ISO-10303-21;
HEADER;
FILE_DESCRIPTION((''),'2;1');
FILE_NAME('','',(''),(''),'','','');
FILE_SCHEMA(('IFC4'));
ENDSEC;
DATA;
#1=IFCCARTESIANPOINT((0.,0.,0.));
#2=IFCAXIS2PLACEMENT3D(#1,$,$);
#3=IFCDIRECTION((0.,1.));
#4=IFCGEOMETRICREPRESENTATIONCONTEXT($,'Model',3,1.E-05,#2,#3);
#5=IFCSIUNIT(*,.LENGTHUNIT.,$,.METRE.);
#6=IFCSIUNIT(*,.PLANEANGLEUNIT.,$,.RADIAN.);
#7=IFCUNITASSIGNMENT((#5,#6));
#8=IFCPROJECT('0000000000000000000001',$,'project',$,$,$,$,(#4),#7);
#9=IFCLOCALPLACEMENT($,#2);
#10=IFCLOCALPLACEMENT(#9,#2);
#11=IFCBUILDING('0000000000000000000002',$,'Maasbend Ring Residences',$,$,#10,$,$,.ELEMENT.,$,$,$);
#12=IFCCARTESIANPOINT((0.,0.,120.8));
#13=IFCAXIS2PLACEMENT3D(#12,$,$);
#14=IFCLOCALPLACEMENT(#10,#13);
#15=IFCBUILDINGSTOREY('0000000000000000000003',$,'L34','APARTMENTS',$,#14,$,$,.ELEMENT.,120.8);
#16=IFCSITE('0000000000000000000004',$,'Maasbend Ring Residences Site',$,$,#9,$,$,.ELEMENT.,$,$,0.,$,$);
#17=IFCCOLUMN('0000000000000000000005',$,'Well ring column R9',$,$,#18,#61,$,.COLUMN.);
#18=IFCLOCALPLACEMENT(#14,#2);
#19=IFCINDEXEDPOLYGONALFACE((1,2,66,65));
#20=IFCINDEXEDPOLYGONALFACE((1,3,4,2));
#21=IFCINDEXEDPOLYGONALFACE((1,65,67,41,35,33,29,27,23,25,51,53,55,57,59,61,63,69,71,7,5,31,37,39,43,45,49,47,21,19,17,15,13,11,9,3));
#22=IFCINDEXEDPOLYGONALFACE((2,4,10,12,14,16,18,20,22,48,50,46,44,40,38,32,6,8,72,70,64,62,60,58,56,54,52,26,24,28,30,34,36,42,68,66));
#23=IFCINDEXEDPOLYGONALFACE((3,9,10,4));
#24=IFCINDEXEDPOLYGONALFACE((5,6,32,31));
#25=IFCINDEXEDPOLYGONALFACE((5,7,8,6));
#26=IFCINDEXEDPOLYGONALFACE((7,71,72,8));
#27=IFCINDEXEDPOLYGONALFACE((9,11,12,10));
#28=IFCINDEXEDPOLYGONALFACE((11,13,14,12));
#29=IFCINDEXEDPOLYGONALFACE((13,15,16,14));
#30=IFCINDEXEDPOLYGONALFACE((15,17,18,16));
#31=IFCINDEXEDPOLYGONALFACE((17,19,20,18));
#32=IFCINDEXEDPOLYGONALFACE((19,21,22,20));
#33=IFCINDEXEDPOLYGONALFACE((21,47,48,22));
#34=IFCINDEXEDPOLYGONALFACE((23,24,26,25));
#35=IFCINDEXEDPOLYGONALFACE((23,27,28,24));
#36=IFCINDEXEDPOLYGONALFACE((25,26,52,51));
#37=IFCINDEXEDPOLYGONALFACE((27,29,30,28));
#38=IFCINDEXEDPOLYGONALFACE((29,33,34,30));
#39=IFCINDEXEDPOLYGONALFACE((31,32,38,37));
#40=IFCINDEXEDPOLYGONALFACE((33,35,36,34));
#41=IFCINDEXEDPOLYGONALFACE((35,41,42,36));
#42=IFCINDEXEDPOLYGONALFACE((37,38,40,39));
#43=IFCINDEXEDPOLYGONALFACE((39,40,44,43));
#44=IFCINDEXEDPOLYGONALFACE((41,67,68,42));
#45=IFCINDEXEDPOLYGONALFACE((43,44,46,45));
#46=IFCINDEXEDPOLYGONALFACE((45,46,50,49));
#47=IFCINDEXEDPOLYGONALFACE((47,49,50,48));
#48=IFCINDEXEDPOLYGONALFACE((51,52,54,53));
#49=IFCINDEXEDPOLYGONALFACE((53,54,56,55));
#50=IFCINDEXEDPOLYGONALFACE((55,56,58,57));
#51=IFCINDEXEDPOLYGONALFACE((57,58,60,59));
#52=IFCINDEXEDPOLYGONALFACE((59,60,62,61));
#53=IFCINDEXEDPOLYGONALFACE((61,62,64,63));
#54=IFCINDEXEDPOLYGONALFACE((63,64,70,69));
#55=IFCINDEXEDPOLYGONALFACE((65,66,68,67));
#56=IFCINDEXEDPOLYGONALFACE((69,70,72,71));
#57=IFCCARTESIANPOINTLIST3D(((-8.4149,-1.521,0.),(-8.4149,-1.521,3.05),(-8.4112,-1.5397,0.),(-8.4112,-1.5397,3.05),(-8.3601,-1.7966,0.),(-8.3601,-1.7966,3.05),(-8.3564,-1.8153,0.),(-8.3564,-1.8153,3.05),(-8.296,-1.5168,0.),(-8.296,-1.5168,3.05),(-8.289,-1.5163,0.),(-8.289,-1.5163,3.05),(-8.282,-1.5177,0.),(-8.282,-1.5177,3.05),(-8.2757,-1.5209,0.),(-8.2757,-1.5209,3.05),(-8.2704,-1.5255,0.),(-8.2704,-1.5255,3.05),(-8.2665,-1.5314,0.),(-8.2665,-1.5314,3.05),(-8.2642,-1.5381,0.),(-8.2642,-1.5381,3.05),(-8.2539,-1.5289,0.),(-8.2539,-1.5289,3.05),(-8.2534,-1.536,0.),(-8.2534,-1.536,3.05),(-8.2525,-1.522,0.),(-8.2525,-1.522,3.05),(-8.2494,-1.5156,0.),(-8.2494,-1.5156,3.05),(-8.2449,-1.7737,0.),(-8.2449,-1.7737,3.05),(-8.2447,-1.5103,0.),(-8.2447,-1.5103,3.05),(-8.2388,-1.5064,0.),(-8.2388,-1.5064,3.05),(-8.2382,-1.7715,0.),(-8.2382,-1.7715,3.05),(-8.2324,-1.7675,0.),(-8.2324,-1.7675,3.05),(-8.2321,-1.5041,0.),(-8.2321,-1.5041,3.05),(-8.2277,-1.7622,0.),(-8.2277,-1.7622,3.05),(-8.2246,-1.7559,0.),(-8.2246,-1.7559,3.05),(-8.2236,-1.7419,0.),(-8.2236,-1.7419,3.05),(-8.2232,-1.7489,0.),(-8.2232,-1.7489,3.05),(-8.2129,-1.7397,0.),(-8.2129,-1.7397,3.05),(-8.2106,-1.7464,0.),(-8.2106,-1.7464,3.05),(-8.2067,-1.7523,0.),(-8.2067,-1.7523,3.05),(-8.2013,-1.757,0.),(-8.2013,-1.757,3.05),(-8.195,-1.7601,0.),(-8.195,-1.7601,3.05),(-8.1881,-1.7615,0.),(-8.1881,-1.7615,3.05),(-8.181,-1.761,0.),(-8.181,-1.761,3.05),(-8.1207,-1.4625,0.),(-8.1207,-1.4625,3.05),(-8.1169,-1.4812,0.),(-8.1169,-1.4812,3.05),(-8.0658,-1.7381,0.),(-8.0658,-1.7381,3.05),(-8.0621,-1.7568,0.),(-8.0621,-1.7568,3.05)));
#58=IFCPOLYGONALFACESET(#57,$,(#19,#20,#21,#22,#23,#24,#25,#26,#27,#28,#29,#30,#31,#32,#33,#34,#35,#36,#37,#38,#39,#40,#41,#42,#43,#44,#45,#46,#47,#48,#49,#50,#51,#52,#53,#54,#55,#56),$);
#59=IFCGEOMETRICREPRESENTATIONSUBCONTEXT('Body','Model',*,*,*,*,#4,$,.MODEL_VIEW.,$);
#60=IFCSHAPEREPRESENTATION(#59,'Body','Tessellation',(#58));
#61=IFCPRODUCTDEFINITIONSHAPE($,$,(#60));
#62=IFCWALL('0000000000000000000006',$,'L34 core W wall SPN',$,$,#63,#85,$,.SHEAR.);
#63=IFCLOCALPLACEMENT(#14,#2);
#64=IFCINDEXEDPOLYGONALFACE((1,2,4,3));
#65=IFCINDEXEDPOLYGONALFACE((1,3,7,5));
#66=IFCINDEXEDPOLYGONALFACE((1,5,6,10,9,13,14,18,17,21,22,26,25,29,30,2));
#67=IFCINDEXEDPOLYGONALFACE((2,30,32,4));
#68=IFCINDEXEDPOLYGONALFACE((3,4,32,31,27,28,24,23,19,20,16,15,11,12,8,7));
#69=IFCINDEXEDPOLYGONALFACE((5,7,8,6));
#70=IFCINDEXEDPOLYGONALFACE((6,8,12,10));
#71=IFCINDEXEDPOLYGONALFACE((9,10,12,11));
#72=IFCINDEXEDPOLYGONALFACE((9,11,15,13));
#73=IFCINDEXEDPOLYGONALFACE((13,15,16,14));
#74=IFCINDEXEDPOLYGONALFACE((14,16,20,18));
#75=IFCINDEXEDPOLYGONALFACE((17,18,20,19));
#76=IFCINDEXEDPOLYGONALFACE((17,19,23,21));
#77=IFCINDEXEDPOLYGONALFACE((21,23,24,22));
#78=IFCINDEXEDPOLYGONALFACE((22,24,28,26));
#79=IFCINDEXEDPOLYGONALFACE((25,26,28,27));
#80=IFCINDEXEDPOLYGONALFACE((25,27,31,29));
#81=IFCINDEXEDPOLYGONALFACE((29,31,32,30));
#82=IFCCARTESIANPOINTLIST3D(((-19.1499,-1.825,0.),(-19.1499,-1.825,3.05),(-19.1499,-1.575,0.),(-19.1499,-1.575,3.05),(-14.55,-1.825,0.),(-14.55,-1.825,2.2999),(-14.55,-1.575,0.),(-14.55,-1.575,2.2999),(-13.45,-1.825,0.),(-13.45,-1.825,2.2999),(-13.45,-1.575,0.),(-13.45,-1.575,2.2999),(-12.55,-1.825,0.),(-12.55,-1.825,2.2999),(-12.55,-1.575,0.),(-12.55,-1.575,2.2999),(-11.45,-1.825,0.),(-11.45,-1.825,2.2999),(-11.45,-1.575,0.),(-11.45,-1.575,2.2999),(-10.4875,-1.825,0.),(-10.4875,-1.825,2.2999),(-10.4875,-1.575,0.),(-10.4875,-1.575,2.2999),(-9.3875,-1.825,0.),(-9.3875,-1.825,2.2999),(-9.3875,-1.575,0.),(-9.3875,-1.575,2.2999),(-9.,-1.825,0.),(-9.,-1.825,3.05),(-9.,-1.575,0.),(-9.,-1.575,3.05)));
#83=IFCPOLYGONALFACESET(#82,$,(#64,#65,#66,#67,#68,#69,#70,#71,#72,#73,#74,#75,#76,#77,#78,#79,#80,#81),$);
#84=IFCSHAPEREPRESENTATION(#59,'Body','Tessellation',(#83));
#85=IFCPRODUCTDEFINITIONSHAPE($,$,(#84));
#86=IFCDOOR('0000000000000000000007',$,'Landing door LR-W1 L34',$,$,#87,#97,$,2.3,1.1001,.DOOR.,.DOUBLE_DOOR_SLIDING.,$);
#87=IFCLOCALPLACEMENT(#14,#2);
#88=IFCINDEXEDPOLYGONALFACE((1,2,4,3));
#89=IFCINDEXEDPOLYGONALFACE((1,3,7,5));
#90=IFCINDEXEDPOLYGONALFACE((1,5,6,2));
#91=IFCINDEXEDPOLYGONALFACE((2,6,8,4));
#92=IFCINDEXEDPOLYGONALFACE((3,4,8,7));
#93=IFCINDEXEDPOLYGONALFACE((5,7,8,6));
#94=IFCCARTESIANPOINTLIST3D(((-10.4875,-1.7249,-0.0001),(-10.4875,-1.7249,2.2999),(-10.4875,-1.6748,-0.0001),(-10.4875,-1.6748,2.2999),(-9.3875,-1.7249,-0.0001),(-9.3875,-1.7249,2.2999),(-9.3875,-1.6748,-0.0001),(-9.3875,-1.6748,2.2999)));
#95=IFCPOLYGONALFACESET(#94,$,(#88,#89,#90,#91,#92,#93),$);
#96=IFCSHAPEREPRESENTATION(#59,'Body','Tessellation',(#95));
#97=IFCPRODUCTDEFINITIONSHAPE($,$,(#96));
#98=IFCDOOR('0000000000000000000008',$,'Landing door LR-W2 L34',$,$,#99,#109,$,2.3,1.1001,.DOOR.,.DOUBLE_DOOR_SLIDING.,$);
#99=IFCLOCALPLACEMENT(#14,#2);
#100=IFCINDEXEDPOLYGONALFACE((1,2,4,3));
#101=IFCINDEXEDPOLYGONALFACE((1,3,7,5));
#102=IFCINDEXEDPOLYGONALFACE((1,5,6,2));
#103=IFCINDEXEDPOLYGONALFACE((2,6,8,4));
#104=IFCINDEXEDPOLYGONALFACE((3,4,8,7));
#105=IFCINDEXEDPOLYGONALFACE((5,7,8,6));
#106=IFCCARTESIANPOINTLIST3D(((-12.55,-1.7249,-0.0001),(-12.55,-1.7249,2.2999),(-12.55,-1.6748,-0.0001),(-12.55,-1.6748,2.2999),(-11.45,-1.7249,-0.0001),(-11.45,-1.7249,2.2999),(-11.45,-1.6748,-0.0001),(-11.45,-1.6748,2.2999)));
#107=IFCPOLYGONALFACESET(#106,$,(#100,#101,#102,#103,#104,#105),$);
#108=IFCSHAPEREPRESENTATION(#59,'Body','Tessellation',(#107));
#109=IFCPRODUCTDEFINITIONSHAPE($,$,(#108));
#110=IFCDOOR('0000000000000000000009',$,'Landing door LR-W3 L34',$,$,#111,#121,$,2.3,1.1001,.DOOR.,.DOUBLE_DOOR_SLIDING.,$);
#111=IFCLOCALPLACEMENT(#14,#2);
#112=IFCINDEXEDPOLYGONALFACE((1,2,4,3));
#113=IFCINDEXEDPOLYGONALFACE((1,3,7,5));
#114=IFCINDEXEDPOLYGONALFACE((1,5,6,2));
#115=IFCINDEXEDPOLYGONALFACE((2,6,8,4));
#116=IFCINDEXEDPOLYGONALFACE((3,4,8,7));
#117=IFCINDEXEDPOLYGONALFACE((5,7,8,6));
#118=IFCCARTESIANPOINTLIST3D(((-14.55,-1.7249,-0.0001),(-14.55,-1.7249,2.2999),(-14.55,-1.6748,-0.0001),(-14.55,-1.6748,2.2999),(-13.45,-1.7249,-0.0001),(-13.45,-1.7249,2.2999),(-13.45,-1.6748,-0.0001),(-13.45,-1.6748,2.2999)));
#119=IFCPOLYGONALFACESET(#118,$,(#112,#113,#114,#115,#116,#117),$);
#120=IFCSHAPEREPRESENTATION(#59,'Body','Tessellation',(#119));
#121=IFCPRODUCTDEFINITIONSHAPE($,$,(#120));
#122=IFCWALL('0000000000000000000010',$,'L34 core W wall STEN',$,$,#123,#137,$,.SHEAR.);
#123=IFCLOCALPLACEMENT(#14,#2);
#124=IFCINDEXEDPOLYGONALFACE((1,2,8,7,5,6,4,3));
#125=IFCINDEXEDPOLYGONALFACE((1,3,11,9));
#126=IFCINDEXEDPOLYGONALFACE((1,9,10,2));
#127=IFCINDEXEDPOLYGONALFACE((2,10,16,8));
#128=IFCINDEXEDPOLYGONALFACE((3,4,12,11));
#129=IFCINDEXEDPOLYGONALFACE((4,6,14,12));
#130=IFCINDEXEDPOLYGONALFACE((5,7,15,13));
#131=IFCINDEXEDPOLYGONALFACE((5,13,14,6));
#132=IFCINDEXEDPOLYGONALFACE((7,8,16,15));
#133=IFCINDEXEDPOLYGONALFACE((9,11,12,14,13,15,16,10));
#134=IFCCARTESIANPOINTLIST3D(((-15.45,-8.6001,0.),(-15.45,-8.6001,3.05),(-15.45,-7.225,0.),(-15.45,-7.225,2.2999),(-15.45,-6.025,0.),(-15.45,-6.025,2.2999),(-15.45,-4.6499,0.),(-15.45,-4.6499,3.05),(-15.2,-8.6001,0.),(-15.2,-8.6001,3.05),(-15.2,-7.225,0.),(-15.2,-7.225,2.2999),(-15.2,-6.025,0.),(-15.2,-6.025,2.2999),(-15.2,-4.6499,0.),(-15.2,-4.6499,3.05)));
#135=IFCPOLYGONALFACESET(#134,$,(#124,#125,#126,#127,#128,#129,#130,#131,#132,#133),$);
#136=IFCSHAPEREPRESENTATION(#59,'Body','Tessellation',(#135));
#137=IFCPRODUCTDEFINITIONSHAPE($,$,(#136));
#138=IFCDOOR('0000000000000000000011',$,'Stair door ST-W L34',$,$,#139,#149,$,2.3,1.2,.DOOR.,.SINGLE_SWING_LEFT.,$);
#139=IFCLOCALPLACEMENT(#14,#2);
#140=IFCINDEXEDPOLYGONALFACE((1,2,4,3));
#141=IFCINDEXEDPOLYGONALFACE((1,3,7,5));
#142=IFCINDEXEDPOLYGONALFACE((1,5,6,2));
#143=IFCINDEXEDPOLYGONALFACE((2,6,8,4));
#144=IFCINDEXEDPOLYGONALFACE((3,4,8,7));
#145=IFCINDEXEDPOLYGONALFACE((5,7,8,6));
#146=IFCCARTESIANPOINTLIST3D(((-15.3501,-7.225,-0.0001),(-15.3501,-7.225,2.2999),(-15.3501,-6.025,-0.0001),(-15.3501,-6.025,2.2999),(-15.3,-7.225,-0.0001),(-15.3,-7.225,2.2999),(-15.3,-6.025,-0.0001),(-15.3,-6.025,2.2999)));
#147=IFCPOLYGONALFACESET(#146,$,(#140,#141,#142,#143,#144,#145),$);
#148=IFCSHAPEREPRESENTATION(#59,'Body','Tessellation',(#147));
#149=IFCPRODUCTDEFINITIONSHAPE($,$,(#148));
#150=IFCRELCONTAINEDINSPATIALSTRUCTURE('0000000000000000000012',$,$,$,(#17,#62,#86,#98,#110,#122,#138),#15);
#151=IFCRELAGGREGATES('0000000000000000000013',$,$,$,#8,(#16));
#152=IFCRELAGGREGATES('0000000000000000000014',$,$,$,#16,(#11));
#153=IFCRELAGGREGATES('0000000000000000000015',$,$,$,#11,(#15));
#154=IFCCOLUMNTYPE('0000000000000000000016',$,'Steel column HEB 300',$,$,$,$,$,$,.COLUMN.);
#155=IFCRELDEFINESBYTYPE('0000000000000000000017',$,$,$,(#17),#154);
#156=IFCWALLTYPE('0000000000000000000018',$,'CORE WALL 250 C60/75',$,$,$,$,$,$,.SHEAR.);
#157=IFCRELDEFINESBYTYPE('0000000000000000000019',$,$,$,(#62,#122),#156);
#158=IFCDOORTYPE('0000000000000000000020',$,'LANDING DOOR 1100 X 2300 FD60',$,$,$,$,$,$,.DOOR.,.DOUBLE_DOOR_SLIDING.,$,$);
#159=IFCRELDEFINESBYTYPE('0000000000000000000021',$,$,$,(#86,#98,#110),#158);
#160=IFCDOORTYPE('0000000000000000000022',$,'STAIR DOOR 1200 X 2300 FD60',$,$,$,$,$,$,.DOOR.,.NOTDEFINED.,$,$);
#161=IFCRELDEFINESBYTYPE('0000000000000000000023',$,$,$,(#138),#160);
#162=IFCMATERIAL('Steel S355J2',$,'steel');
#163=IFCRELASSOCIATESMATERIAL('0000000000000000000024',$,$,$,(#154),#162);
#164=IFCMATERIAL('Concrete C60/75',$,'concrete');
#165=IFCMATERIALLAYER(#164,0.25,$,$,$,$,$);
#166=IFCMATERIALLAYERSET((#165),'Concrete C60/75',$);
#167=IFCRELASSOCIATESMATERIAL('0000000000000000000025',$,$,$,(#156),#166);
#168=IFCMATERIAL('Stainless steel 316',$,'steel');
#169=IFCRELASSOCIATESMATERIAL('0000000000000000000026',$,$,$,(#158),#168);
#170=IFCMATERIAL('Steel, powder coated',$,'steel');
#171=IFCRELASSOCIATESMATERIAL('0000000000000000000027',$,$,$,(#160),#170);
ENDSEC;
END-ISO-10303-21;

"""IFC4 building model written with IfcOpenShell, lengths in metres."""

from ifc_helpers import new_model, si_unit, direction, frame, frame_2d, origin, origin_2d, place, context, subcontext, project, spatial, rectangle, i_section, extrude, material, layer, layer_set, material_profile, profile_set, type_object, element, fill, save


model = new_model("IFC4")

# Units and contexts
model_context = context("Model", 3, precision=1e-05, world=origin(), true_north=direction((0.0, 1.0)))
body_context = subcontext(model_context, "Body", "Model", "MODEL_VIEW")
ifc_project = project(units=[si_unit("LENGTHUNIT", "METRE"), si_unit("PLANEANGLEUNIT", "RADIAN")], contexts=[model_context])

# Site, building, storey
site_placement = place(None, origin())
site = spatial("IfcSite", under=ifc_project, at=site_placement, Name="Maasbend Ring Residences Site", CompositionType="ELEMENT", RefElevation=0.0)
building_placement = place(site_placement, origin())
building = spatial("IfcBuilding", under=site, at=building_placement, Name="Maasbend Ring Residences", CompositionType="ELEMENT")
storey_placement = place(building_placement, frame((0.0, 0.0, 120.8)))
storey = spatial("IfcBuildingStorey", under=building, at=storey_placement, Name="L34", Description="APARTMENTS", CompositionType="ELEMENT", Elevation=120.8)

# Column
ifc_material_1 = material(Name="Steel S355J2", Category="steel")
ifc_material_profile = material_profile(ifc_material_1, i_section(OverallWidth=0.3, OverallDepth=0.3, WebThickness=0.011, FlangeThickness=0.019, FilletRadius=0.0271, at=origin_2d()), Name="HEB 300")
ifc_profile_set = profile_set([ifc_material_profile], Name="Steel S355J2")
column_type = type_object("IfcColumnType", Name="Steel column HEB 300", PredefinedType="COLUMN", material=ifc_profile_set)
column_placement = place(storey_placement, frame((-8.2385, -1.6389, 0.0), z_axis=(0.0, 0.0, 1.0), x_axis=(-0.980785, -0.19509, 0.0)))
element("IfcColumn", 1, at=column_placement, inside=storey, type_object=column_type, Name="Well ring column R9", PredefinedType="COLUMN", context=body_context, shape_type="SweptSolid", body=[
    extrude(i_section(OverallWidth=0.3, OverallDepth=0.3, WebThickness=0.011, FlangeThickness=0.019, FilletRadius=0.0271, at=origin_2d()), origin(), (0.0, 0.0, 1.0), 3.05),
])

# Wall, openings, doors
ifc_material_2 = material(Name="Concrete C60/75", Category="concrete")
ifc_layer_1 = layer(ifc_material_2, 0.25)
ifc_layer_set_1 = layer_set([ifc_layer_1], Name="Concrete C60/75")
wall_type_1 = type_object("IfcWallType", Name="CORE WALL 250 C60/75", PredefinedType="SHEAR", material=ifc_layer_set_1)
wall_1_placement = place(storey_placement, frame((-9.0, -1.7, 0.0), z_axis=(0.0, 0.0, 1.0), x_axis=(-1.0, 0.0, 0.0)))
wall_1 = element("IfcWall", 2, at=wall_1_placement, inside=storey, type_object=wall_type_1, Name="L34 core W wall SPN", PredefinedType="SHEAR", context=body_context, shape_type="SweptSolid", body=[
    extrude(rectangle(XDim=10.1499, YDim=0.25, at=frame_2d((5.075, 0.0))), origin(), (0.0, 0.0, 1.0), 3.05),
])
opening_1_placement = place(wall_1_placement, frame((0.3875, 0.0, 0.0)))
opening_1 = element("IfcOpeningElement", 3, at=opening_1_placement, cuts=wall_1, PredefinedType="OPENING", context=body_context, shape_type="SweptSolid", body=[
    extrude(rectangle(XDim=1.1001, YDim=2.3, at=frame_2d((0.55, 1.1499))), frame((0.0, 0.135, 0.0), z_axis=(0.0, -1.0, 0.0), x_axis=(1.0, 0.0, 0.0)), (0.0, 0.0, 1.0), 0.27),
])
opening_2_placement = place(wall_1_placement, frame((2.45, 0.0, 0.0)))
opening_2 = element("IfcOpeningElement", 4, at=opening_2_placement, cuts=wall_1, PredefinedType="OPENING", context=body_context, shape_type="SweptSolid", body=[
    extrude(rectangle(XDim=1.1001, YDim=2.3, at=frame_2d((0.55, 1.1499))), frame((0.0, 0.135, 0.0), z_axis=(0.0, -1.0, 0.0), x_axis=(1.0, 0.0, 0.0)), (0.0, 0.0, 1.0), 0.27),
])
opening_3_placement = place(wall_1_placement, frame((4.45, 0.0, 0.0)))
opening_3 = element("IfcOpeningElement", 5, at=opening_3_placement, cuts=wall_1, PredefinedType="OPENING", context=body_context, shape_type="SweptSolid", body=[
    extrude(rectangle(XDim=1.1001, YDim=2.3, at=frame_2d((0.55, 1.1499))), frame((0.0, 0.135, 0.0), z_axis=(0.0, -1.0, 0.0), x_axis=(1.0, 0.0, 0.0)), (0.0, 0.0, 1.0), 0.27),
])
ifc_material_3 = material(Name="Stainless steel 316", Category="steel")
door_type_1 = type_object("IfcDoorType", Name="LANDING DOOR 1100 X 2300 FD60", OperationType="DOUBLE_DOOR_SLIDING", PredefinedType="DOOR", material=ifc_material_3)
door_1_placement = place(opening_1_placement, origin())
door_1 = element("IfcDoor", 6, at=door_1_placement, inside=storey, type_object=door_type_1, Name="Landing door LR-W1 L34", OperationType="DOUBLE_DOOR_SLIDING", OverallHeight=2.3, OverallWidth=1.1001, PredefinedType="DOOR", context=body_context, shape_type="SweptSolid", body=[
    extrude(rectangle(XDim=1.1001, YDim=2.3, at=frame_2d((0.55, 1.1499))), frame((0.0, 0.0249, 0.0), z_axis=(0.0, -1.0, 0.0), x_axis=(1.0, 0.0, 0.0)), (0.0, 0.0, 1.0), 0.05),
])
fill(opening_1, door_1)
door_2_placement = place(opening_2_placement, origin())
door_2 = element("IfcDoor", 7, at=door_2_placement, inside=storey, type_object=door_type_1, Name="Landing door LR-W2 L34", OperationType="DOUBLE_DOOR_SLIDING", OverallHeight=2.3, OverallWidth=1.1001, PredefinedType="DOOR", context=body_context, shape_type="SweptSolid", body=[
    extrude(rectangle(XDim=1.1001, YDim=2.3, at=frame_2d((0.55, 1.1499))), frame((0.0, 0.0249, 0.0), z_axis=(0.0, -1.0, 0.0), x_axis=(1.0, 0.0, 0.0)), (0.0, 0.0, 1.0), 0.05),
])
fill(opening_2, door_2)
door_3_placement = place(opening_3_placement, origin())
door_3 = element("IfcDoor", 8, at=door_3_placement, inside=storey, type_object=door_type_1, Name="Landing door LR-W3 L34", OperationType="DOUBLE_DOOR_SLIDING", OverallHeight=2.3, OverallWidth=1.1001, PredefinedType="DOOR", context=body_context, shape_type="SweptSolid", body=[
    extrude(rectangle(XDim=1.1001, YDim=2.3, at=frame_2d((0.55, 1.1499))), frame((0.0, 0.0249, 0.0), z_axis=(0.0, -1.0, 0.0), x_axis=(1.0, 0.0, 0.0)), (0.0, 0.0, 1.0), 0.05),
])
fill(opening_3, door_3)

# Wall, opening, door
wall_2_placement = place(storey_placement, frame((-15.325, -4.6499, 0.0), z_axis=(0.0, 0.0, 1.0), x_axis=(0.0, -1.0, 0.0)))
wall_2 = element("IfcWall", 9, at=wall_2_placement, inside=storey, type_object=wall_type_1, Name="L34 core W wall STEN", PredefinedType="SHEAR", context=body_context, shape_type="SweptSolid", body=[
    extrude(rectangle(XDim=3.9502, YDim=0.25, at=frame_2d((1.9751, 0.0))), origin(), (0.0, 0.0, 1.0), 3.05),
])
opening_4_placement = place(wall_2_placement, frame((1.375, 0.0, 0.0)))
opening_4 = element("IfcOpeningElement", 10, at=opening_4_placement, cuts=wall_2, PredefinedType="OPENING", context=body_context, shape_type="SweptSolid", body=[
    extrude(rectangle(XDim=1.2, YDim=2.3, at=frame_2d((0.6001, 1.1499))), frame((0.0, 0.135, 0.0), z_axis=(0.0, -1.0, 0.0), x_axis=(1.0, 0.0, 0.0)), (0.0, 0.0, 1.0), 0.27),
])
ifc_material_4 = material(Name="Steel, powder coated", Category="steel")
door_type_2 = type_object("IfcDoorType", Name="STAIR DOOR 1200 X 2300 FD60", OperationType="NOTDEFINED", PredefinedType="DOOR", material=ifc_material_4)
door_4_placement = place(opening_4_placement, origin())
door_4 = element("IfcDoor", 11, at=door_4_placement, inside=storey, type_object=door_type_2, Name="Stair door ST-W L34", OperationType="SINGLE_SWING_LEFT", OverallHeight=2.3, OverallWidth=1.2, PredefinedType="DOOR", context=body_context, shape_type="SweptSolid", body=[
    extrude(rectangle(XDim=1.2, YDim=2.3, at=frame_2d((0.6001, 1.1499))), frame((0.0, 0.0249, 0.0), z_axis=(0.0, -1.0, 0.0), x_axis=(1.0, 0.0, 0.0)), (0.0, 0.0, 1.0), 0.05),
])
fill(opening_4, door_4)

save(model, "model.ifc")
